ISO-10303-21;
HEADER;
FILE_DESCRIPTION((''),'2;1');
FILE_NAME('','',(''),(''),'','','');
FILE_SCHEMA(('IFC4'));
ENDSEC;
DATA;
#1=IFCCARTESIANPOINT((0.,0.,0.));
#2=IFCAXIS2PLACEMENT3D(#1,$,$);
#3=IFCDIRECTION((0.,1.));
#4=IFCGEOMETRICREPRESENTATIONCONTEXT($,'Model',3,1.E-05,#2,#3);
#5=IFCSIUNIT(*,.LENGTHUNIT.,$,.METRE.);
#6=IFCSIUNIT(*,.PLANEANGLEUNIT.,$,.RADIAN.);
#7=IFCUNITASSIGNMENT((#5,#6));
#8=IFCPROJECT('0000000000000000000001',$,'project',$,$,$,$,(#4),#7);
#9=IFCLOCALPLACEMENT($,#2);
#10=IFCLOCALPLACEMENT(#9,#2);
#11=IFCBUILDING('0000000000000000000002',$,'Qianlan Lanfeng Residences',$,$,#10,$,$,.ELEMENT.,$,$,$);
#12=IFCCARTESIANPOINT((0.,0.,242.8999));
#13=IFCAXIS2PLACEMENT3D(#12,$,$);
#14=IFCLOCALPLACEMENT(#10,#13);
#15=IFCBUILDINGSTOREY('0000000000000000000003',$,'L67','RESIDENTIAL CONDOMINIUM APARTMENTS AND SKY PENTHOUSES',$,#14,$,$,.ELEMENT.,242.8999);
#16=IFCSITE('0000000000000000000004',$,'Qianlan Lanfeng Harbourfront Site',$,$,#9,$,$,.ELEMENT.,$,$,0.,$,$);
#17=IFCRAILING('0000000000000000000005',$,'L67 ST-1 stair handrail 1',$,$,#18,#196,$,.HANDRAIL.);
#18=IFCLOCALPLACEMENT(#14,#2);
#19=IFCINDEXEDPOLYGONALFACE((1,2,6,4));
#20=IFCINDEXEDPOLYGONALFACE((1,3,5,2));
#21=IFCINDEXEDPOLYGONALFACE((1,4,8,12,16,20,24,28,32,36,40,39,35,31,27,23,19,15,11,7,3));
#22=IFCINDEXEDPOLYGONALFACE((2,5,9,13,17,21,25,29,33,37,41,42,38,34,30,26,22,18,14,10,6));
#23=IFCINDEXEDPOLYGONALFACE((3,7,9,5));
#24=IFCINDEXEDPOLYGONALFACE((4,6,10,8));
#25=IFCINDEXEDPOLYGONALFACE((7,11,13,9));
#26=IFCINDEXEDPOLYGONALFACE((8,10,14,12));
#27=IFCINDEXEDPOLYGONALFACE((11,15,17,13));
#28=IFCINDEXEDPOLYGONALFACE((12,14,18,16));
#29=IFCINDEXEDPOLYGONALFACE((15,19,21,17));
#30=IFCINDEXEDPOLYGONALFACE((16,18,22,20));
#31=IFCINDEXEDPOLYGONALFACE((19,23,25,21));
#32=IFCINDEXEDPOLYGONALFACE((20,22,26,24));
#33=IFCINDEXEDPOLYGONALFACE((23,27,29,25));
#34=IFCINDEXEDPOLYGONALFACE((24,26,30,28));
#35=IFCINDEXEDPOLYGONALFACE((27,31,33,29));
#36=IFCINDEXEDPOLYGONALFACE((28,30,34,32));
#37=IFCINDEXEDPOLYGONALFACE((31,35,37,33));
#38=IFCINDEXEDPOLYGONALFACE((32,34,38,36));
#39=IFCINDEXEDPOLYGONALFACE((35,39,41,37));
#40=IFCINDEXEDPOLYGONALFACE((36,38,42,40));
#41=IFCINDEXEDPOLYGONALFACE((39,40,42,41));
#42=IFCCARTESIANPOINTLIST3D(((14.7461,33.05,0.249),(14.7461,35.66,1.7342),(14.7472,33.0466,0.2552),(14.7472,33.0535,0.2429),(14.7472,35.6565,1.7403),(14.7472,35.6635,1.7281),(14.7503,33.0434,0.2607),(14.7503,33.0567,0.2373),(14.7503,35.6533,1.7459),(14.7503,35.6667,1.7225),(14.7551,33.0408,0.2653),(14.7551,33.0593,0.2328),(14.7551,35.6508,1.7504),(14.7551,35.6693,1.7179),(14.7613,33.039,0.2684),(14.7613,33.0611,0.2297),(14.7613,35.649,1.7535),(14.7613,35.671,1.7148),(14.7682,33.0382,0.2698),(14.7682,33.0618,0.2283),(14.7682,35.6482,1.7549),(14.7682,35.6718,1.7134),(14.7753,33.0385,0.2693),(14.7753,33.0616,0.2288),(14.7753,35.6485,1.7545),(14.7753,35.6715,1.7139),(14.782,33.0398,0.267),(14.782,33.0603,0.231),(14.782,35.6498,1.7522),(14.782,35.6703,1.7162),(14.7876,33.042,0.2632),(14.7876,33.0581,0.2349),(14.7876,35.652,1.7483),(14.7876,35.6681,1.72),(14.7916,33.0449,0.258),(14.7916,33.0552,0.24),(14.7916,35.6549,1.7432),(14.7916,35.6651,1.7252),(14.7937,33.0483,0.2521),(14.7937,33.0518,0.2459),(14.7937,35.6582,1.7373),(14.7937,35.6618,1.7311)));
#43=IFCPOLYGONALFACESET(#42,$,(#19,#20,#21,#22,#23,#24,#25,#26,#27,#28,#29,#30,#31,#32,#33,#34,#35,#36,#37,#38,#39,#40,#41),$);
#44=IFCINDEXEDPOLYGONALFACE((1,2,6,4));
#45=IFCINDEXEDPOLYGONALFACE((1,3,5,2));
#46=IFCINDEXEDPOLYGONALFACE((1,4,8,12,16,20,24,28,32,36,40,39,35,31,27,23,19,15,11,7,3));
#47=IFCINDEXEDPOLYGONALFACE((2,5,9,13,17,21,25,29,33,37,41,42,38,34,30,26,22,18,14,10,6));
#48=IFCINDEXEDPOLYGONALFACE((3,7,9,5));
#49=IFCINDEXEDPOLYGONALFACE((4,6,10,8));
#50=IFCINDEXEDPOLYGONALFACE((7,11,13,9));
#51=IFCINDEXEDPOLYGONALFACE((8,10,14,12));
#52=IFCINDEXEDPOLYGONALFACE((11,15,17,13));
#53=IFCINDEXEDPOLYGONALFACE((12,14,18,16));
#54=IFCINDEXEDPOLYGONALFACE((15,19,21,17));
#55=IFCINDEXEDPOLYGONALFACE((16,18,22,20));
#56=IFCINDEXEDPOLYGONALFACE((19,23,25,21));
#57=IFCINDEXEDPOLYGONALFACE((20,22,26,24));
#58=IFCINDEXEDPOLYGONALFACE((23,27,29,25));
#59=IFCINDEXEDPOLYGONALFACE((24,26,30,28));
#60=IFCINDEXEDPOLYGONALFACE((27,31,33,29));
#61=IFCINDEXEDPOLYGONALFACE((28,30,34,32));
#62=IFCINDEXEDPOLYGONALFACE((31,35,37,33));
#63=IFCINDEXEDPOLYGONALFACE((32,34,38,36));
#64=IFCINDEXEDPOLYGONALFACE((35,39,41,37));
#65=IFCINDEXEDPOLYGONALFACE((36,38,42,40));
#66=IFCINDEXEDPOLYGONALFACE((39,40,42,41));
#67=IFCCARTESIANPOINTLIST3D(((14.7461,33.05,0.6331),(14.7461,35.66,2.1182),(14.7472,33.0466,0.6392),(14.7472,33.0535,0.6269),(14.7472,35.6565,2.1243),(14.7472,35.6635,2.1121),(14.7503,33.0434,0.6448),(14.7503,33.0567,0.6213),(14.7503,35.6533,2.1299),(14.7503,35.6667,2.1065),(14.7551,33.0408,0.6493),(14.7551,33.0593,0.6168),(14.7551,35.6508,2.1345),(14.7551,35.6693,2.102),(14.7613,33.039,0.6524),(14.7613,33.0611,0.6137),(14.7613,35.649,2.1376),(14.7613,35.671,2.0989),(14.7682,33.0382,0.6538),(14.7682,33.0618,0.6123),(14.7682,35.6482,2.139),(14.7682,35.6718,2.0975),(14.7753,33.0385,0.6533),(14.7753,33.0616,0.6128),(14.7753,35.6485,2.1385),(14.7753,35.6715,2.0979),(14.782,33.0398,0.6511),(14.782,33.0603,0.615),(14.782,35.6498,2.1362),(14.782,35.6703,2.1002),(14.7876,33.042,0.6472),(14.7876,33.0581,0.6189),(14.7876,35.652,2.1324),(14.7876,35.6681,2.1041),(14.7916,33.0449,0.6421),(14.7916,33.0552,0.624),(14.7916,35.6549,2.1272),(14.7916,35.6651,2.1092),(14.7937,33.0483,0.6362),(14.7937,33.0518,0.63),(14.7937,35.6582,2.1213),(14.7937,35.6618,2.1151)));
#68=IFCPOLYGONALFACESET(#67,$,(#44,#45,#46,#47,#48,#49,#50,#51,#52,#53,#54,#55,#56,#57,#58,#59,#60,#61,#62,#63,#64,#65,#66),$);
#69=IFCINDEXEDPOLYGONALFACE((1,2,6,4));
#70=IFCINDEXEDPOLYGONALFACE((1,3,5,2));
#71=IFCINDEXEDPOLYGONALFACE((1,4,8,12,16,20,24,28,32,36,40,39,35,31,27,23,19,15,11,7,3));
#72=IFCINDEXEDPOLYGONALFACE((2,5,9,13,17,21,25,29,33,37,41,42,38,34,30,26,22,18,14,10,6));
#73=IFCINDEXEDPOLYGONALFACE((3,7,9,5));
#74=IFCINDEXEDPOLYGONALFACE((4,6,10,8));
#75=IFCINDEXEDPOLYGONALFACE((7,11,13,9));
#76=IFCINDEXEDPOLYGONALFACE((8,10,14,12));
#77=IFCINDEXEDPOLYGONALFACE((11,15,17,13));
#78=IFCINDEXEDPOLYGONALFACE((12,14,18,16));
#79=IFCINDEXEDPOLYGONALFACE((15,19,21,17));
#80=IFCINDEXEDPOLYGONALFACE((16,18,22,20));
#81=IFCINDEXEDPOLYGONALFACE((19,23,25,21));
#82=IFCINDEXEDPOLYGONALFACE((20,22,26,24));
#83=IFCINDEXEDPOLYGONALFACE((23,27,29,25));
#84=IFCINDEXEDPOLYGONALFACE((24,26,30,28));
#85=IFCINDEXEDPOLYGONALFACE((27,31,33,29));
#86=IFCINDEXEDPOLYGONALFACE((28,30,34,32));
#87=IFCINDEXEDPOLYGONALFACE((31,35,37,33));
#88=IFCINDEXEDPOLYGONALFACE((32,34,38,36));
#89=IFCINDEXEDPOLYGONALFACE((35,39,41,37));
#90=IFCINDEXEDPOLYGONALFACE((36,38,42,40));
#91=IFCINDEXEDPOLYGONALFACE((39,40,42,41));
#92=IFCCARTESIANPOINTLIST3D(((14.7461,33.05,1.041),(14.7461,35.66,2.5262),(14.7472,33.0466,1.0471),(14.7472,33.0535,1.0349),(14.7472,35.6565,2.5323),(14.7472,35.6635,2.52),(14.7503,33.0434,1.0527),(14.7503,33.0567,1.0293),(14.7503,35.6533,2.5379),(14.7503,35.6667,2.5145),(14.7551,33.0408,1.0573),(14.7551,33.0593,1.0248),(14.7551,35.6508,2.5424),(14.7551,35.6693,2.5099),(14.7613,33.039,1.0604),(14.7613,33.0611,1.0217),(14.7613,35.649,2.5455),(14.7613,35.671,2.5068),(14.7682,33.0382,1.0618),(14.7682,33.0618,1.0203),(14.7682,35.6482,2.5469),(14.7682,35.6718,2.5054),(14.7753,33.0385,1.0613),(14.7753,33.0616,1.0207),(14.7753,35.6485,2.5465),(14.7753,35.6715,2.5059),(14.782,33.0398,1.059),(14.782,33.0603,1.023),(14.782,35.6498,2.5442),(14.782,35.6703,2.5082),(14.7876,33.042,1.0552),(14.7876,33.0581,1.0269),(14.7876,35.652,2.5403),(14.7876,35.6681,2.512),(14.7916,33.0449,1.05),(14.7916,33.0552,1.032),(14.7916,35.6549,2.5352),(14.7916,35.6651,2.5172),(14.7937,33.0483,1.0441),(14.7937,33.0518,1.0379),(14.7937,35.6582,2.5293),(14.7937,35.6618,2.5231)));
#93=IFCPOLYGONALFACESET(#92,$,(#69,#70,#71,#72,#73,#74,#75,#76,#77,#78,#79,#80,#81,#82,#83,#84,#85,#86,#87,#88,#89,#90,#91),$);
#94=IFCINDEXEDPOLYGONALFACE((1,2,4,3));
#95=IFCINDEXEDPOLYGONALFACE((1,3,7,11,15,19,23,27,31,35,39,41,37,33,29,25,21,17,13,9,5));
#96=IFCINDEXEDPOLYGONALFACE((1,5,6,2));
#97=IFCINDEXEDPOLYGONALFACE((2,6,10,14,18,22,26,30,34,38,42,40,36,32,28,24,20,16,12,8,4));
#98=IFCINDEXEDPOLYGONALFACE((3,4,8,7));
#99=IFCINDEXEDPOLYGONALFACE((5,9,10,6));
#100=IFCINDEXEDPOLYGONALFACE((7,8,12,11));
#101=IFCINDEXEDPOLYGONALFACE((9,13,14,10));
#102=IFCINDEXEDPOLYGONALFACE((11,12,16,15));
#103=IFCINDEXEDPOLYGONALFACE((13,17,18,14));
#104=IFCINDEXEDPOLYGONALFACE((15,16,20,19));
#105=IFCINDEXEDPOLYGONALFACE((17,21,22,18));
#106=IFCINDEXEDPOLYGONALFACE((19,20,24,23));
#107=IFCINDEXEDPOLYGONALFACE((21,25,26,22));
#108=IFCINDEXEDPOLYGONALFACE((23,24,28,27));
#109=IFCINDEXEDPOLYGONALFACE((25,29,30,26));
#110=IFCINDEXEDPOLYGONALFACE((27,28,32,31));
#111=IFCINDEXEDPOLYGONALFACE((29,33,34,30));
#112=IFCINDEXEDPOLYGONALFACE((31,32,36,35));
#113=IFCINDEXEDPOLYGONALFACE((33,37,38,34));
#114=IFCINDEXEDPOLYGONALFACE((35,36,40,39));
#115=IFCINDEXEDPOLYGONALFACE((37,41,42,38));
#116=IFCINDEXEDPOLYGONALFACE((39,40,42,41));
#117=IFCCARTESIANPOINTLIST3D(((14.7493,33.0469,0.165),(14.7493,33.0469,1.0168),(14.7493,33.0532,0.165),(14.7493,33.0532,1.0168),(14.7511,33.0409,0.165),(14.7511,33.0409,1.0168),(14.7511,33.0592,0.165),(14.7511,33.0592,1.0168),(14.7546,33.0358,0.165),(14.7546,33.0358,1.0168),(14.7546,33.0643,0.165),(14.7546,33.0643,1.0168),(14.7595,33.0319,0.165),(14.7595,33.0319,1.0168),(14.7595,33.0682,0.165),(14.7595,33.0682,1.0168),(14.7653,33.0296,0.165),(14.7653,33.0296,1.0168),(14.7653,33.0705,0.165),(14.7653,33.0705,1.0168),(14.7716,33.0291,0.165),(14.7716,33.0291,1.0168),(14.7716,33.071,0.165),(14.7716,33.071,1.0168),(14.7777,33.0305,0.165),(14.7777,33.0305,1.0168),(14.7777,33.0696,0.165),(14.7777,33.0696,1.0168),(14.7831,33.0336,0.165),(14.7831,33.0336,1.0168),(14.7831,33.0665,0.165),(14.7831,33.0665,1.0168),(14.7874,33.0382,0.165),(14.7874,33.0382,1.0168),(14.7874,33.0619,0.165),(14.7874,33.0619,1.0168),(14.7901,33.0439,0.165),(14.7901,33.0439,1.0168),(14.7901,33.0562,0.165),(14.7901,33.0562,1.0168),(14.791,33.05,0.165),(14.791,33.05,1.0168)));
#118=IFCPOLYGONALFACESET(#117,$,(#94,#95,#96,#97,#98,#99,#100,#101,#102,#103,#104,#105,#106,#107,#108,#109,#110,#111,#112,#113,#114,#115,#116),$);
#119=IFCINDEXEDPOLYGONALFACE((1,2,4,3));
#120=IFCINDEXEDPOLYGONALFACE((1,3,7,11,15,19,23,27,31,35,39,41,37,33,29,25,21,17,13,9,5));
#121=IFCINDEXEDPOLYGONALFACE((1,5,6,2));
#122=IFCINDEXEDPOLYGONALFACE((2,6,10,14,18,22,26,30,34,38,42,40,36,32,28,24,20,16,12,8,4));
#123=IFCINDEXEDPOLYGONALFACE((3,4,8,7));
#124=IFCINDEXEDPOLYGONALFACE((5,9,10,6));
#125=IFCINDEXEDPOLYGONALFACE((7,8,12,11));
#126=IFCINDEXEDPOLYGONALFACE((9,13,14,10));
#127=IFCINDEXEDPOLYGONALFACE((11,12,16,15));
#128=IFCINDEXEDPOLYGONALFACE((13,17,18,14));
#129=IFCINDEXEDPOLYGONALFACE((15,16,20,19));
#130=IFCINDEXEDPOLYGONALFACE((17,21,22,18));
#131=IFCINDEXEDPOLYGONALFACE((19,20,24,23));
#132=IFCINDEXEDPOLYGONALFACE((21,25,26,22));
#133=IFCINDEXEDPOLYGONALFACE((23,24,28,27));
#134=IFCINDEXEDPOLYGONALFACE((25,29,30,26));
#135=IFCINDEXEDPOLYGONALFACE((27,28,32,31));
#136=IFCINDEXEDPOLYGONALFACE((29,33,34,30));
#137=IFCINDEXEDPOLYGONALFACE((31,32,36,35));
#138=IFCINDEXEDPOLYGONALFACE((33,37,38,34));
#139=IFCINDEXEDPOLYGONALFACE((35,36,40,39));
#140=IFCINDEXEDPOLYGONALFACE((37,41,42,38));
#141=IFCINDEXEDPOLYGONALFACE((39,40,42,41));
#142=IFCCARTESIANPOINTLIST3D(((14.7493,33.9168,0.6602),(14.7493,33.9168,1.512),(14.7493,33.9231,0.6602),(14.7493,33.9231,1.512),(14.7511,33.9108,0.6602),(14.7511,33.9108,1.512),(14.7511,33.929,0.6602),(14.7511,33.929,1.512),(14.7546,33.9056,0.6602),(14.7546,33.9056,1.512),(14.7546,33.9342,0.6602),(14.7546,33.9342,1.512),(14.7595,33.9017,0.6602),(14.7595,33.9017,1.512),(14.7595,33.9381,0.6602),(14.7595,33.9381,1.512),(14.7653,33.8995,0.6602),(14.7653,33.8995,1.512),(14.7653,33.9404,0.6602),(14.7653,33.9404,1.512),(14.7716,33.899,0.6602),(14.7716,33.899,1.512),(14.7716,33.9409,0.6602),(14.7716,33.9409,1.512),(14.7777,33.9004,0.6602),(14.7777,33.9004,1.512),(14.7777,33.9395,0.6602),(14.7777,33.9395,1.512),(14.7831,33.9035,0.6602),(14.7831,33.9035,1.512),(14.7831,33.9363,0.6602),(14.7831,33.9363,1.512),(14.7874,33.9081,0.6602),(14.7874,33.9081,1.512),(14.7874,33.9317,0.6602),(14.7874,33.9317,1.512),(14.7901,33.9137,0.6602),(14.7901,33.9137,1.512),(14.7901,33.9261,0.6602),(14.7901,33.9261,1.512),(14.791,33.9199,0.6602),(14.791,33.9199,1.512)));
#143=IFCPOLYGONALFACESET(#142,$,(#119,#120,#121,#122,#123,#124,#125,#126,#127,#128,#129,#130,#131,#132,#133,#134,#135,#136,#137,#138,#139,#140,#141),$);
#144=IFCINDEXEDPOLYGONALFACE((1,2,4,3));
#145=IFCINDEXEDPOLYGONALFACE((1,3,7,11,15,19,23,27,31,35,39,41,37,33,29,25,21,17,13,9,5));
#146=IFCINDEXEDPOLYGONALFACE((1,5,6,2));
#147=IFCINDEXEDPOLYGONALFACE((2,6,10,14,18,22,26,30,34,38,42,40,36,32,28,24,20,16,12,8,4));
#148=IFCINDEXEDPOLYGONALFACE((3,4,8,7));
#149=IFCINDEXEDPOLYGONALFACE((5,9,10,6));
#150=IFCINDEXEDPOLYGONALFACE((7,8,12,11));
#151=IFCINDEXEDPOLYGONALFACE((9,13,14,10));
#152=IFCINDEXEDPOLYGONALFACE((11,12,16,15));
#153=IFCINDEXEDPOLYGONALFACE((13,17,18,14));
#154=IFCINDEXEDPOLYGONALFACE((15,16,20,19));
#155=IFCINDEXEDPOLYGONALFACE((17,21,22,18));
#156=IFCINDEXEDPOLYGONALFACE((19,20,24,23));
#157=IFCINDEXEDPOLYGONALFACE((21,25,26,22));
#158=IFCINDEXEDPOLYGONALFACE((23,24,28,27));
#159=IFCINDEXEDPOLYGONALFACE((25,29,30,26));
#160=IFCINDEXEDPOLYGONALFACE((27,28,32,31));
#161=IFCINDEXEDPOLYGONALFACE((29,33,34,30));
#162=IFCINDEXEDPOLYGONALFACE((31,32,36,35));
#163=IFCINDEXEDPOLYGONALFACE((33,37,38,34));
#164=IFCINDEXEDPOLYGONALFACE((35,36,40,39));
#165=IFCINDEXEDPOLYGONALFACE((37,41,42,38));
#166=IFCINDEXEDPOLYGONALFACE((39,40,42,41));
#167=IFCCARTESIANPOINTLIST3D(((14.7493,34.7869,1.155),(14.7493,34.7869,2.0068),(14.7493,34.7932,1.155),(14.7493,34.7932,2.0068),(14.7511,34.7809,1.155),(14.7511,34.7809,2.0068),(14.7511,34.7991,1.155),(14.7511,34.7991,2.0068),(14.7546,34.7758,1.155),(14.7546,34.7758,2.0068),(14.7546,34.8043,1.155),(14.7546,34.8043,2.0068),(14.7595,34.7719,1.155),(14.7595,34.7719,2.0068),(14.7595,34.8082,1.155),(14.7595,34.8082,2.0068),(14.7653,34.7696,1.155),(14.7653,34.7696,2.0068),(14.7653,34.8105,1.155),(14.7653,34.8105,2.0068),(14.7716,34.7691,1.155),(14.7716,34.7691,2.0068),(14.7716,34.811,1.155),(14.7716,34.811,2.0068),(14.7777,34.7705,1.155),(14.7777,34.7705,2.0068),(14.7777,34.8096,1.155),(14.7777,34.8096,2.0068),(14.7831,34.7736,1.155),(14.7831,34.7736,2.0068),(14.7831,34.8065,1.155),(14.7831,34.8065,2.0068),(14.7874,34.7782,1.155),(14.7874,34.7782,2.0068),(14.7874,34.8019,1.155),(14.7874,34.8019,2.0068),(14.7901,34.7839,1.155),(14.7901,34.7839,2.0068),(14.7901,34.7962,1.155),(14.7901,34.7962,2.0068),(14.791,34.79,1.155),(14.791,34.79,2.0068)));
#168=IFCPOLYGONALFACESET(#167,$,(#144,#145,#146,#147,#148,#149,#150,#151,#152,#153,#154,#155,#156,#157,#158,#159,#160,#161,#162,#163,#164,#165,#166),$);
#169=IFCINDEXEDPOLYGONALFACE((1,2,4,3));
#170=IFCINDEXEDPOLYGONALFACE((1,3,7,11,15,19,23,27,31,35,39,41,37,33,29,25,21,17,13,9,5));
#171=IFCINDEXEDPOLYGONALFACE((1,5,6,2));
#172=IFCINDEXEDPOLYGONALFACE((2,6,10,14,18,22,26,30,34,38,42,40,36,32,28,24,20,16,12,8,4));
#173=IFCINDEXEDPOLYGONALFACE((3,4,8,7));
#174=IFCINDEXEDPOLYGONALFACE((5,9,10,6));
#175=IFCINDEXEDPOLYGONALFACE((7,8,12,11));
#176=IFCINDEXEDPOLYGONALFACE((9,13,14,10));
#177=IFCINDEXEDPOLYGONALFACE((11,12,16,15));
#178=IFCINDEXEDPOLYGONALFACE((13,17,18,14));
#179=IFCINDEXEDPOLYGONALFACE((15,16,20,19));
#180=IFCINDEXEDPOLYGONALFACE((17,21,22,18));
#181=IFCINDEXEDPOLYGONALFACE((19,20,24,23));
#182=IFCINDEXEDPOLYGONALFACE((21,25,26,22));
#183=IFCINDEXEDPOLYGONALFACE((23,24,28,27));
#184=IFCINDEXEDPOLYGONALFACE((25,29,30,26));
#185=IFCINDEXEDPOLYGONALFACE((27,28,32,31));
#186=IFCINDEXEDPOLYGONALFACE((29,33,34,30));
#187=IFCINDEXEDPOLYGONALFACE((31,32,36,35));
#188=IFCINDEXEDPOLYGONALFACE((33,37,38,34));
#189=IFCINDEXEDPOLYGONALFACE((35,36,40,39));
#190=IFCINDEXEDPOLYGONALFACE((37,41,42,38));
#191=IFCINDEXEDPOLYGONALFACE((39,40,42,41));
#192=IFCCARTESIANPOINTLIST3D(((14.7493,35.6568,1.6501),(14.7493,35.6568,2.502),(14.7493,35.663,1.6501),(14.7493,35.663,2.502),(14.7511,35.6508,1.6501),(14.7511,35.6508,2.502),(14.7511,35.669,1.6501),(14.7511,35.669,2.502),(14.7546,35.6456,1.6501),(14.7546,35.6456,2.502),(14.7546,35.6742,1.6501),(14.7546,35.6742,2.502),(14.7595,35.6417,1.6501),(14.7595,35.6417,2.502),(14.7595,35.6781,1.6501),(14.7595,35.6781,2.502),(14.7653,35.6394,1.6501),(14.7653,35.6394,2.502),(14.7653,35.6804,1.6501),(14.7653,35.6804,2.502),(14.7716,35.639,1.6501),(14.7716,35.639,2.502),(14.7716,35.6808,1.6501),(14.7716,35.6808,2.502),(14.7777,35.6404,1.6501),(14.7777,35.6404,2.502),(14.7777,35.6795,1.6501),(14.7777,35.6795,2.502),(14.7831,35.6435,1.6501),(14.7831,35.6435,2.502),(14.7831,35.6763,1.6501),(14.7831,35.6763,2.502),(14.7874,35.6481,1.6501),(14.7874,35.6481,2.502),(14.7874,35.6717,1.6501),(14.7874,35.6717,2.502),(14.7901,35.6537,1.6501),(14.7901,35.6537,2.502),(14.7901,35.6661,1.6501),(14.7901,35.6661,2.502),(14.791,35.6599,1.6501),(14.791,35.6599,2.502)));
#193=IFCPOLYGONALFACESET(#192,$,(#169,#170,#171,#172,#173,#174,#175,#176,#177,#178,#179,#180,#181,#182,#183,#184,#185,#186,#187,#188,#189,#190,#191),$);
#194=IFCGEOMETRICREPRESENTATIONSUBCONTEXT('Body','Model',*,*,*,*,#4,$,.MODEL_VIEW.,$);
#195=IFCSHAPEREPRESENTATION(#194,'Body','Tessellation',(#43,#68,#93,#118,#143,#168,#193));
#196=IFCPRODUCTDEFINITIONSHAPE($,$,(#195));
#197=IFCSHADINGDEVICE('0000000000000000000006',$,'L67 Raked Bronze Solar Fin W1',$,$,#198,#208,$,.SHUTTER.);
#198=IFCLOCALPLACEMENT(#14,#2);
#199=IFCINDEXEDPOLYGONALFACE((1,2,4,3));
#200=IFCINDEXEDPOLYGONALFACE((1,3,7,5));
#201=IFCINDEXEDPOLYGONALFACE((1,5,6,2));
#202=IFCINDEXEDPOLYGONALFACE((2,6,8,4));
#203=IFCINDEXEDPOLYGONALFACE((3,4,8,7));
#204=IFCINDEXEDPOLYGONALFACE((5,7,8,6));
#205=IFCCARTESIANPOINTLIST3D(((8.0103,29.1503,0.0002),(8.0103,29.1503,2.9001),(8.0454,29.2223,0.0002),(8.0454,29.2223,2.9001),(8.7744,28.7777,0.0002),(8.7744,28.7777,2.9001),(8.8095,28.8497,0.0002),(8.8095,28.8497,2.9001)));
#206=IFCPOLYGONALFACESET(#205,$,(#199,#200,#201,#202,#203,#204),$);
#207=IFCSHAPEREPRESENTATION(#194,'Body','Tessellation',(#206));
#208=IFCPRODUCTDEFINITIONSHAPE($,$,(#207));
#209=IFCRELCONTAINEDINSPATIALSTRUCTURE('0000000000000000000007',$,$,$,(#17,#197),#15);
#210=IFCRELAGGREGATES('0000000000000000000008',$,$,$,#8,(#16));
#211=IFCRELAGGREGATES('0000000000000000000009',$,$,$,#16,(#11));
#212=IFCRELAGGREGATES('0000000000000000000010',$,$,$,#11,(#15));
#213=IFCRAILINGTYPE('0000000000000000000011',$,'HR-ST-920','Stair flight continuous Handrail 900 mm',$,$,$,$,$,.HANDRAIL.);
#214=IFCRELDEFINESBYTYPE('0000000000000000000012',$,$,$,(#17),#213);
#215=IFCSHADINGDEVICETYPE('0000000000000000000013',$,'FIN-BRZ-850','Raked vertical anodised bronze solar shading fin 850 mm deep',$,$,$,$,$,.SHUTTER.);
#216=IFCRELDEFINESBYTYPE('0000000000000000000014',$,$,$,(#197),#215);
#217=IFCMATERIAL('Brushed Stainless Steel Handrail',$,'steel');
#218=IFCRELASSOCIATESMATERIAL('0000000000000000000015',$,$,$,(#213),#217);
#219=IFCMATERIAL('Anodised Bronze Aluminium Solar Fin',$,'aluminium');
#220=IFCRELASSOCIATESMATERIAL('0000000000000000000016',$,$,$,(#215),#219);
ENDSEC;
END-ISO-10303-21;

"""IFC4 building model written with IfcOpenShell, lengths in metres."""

from ifc_helpers import new_model, si_unit, direction, frame, origin, origin_2d, place, context, subcontext, project, spatial, rectangle, circle, extrude, source, transform, mapped, material, type_object, element, save


model = new_model("IFC4")

# Units and contexts
model_context = context("Model", 3, precision=1e-05, world=origin(), true_north=direction((0.0, 1.0)))
body_context = subcontext(model_context, "Body", "Model", "MODEL_VIEW")
ifc_project = project(units=[si_unit("LENGTHUNIT", "METRE"), si_unit("PLANEANGLEUNIT", "RADIAN")], contexts=[model_context])

# Site, building, storey
site_placement = place(None, origin())
site = spatial("IfcSite", under=ifc_project, at=site_placement, Name="Qianlan Lanfeng Harbourfront Site", CompositionType="ELEMENT", RefElevation=0.0)
building_placement = place(site_placement, origin())
building = spatial("IfcBuilding", under=site, at=building_placement, Name="Qianlan Lanfeng Residences", CompositionType="ELEMENT")
storey_placement = place(building_placement, frame((0.0, 0.0, 242.8999)))
storey = spatial("IfcBuildingStorey", under=building, at=storey_placement, Name="L67", Description="RESIDENTIAL CONDOMINIUM APARTMENTS AND SKY PENTHOUSES", CompositionType="ELEMENT", Elevation=242.8999)

# Railing
ifc_material_1 = material(Name="Brushed Stainless Steel Handrail", Category="steel")
railing_type_1 = type_object("IfcRailingType", Name="HR-ST-920", Description="Stair flight continuous Handrail 900 mm", PredefinedType="HANDRAIL", material=ifc_material_1)
railing_1_placement = place(storey_placement, frame((14.77, 33.05, 0.165)))
element("IfcRailing", 1, at=railing_1_placement, inside=storey, type_object=railing_type_1, Name="L67 ST-1 stair handrail 1", PredefinedType="HANDRAIL", context=body_context, shape_type="SweptSolid", body=[
    extrude(circle(Radius=0.0239, at=origin_2d()), frame((0.0, 0.0, 0.084), z_axis=(0.0, 0.869137, 0.494571), x_axis=(-1.0, 0.0, 0.0)), (0.0, 0.0, 1.0), 3.0029),
    extrude(circle(Radius=0.0239, at=origin_2d()), frame((0.0, 0.0, 0.468), z_axis=(0.0, 0.869137, 0.494571), x_axis=(-1.0, 0.0, 0.0)), (0.0, 0.0, 1.0), 3.0029),
    extrude(circle(Radius=0.0239, at=origin_2d()), frame((0.0, 0.0, 0.876), z_axis=(0.0, 0.869137, 0.494571), x_axis=(-1.0, 0.0, 0.0)), (0.0, 0.0, 1.0), 3.0029),
    extrude(circle(Radius=0.021, at=origin_2d()), origin(), (0.0, 0.0, 1.0), 0.8518),
    extrude(circle(Radius=0.021, at=origin_2d()), frame((0.0, 0.8699, 0.4951)), (0.0, 0.0, 1.0), 0.8518),
    extrude(circle(Radius=0.021, at=origin_2d()), frame((0.0, 1.74, 0.99)), (0.0, 0.0, 1.0), 0.8518),
    extrude(circle(Radius=0.021, at=origin_2d()), frame((0.0, 2.6099, 1.4851)), (0.0, 0.0, 1.0), 0.8518),
])

# Shading device
ifc_material_2 = material(Name="Anodised Bronze Aluminium Solar Fin", Category="aluminium")
shading_device_type = type_object("IfcShadingDeviceType", Name="FIN-BRZ-850", Description="Raked vertical anodised bronze solar shading fin 850 mm deep", PredefinedType="SHUTTER", material=ifc_material_2)
shared_shape_1 = source(origin(), body_context, "Body", "SweptSolid", [
    extrude(rectangle(XDim=0.8501, YDim=0.0801, at=origin_2d()), origin(), (0.0, 0.0, 1.0), 2.8999),
])
for number, where, z_axis, x_axis, name in (
    (2, (8.4099, 29.0, 0.0002), (0.0, 0.0, 1.0), (0.898794, -0.438371, 0.0), "L67 Raked Bronze Solar Fin W1"),
):
    element("IfcShadingDevice", number, at=place(storey_placement, frame(where, z_axis=z_axis, x_axis=x_axis)), inside=storey, type_object=shading_device_type, Name=name, PredefinedType="SHUTTER", context=body_context, shape_type="MappedRepresentation", body=[
        mapped(shared_shape_1, transform((0.0, 0.0, 0.0), scale=1.0)),
    ])

save(model, "model.ifc")
